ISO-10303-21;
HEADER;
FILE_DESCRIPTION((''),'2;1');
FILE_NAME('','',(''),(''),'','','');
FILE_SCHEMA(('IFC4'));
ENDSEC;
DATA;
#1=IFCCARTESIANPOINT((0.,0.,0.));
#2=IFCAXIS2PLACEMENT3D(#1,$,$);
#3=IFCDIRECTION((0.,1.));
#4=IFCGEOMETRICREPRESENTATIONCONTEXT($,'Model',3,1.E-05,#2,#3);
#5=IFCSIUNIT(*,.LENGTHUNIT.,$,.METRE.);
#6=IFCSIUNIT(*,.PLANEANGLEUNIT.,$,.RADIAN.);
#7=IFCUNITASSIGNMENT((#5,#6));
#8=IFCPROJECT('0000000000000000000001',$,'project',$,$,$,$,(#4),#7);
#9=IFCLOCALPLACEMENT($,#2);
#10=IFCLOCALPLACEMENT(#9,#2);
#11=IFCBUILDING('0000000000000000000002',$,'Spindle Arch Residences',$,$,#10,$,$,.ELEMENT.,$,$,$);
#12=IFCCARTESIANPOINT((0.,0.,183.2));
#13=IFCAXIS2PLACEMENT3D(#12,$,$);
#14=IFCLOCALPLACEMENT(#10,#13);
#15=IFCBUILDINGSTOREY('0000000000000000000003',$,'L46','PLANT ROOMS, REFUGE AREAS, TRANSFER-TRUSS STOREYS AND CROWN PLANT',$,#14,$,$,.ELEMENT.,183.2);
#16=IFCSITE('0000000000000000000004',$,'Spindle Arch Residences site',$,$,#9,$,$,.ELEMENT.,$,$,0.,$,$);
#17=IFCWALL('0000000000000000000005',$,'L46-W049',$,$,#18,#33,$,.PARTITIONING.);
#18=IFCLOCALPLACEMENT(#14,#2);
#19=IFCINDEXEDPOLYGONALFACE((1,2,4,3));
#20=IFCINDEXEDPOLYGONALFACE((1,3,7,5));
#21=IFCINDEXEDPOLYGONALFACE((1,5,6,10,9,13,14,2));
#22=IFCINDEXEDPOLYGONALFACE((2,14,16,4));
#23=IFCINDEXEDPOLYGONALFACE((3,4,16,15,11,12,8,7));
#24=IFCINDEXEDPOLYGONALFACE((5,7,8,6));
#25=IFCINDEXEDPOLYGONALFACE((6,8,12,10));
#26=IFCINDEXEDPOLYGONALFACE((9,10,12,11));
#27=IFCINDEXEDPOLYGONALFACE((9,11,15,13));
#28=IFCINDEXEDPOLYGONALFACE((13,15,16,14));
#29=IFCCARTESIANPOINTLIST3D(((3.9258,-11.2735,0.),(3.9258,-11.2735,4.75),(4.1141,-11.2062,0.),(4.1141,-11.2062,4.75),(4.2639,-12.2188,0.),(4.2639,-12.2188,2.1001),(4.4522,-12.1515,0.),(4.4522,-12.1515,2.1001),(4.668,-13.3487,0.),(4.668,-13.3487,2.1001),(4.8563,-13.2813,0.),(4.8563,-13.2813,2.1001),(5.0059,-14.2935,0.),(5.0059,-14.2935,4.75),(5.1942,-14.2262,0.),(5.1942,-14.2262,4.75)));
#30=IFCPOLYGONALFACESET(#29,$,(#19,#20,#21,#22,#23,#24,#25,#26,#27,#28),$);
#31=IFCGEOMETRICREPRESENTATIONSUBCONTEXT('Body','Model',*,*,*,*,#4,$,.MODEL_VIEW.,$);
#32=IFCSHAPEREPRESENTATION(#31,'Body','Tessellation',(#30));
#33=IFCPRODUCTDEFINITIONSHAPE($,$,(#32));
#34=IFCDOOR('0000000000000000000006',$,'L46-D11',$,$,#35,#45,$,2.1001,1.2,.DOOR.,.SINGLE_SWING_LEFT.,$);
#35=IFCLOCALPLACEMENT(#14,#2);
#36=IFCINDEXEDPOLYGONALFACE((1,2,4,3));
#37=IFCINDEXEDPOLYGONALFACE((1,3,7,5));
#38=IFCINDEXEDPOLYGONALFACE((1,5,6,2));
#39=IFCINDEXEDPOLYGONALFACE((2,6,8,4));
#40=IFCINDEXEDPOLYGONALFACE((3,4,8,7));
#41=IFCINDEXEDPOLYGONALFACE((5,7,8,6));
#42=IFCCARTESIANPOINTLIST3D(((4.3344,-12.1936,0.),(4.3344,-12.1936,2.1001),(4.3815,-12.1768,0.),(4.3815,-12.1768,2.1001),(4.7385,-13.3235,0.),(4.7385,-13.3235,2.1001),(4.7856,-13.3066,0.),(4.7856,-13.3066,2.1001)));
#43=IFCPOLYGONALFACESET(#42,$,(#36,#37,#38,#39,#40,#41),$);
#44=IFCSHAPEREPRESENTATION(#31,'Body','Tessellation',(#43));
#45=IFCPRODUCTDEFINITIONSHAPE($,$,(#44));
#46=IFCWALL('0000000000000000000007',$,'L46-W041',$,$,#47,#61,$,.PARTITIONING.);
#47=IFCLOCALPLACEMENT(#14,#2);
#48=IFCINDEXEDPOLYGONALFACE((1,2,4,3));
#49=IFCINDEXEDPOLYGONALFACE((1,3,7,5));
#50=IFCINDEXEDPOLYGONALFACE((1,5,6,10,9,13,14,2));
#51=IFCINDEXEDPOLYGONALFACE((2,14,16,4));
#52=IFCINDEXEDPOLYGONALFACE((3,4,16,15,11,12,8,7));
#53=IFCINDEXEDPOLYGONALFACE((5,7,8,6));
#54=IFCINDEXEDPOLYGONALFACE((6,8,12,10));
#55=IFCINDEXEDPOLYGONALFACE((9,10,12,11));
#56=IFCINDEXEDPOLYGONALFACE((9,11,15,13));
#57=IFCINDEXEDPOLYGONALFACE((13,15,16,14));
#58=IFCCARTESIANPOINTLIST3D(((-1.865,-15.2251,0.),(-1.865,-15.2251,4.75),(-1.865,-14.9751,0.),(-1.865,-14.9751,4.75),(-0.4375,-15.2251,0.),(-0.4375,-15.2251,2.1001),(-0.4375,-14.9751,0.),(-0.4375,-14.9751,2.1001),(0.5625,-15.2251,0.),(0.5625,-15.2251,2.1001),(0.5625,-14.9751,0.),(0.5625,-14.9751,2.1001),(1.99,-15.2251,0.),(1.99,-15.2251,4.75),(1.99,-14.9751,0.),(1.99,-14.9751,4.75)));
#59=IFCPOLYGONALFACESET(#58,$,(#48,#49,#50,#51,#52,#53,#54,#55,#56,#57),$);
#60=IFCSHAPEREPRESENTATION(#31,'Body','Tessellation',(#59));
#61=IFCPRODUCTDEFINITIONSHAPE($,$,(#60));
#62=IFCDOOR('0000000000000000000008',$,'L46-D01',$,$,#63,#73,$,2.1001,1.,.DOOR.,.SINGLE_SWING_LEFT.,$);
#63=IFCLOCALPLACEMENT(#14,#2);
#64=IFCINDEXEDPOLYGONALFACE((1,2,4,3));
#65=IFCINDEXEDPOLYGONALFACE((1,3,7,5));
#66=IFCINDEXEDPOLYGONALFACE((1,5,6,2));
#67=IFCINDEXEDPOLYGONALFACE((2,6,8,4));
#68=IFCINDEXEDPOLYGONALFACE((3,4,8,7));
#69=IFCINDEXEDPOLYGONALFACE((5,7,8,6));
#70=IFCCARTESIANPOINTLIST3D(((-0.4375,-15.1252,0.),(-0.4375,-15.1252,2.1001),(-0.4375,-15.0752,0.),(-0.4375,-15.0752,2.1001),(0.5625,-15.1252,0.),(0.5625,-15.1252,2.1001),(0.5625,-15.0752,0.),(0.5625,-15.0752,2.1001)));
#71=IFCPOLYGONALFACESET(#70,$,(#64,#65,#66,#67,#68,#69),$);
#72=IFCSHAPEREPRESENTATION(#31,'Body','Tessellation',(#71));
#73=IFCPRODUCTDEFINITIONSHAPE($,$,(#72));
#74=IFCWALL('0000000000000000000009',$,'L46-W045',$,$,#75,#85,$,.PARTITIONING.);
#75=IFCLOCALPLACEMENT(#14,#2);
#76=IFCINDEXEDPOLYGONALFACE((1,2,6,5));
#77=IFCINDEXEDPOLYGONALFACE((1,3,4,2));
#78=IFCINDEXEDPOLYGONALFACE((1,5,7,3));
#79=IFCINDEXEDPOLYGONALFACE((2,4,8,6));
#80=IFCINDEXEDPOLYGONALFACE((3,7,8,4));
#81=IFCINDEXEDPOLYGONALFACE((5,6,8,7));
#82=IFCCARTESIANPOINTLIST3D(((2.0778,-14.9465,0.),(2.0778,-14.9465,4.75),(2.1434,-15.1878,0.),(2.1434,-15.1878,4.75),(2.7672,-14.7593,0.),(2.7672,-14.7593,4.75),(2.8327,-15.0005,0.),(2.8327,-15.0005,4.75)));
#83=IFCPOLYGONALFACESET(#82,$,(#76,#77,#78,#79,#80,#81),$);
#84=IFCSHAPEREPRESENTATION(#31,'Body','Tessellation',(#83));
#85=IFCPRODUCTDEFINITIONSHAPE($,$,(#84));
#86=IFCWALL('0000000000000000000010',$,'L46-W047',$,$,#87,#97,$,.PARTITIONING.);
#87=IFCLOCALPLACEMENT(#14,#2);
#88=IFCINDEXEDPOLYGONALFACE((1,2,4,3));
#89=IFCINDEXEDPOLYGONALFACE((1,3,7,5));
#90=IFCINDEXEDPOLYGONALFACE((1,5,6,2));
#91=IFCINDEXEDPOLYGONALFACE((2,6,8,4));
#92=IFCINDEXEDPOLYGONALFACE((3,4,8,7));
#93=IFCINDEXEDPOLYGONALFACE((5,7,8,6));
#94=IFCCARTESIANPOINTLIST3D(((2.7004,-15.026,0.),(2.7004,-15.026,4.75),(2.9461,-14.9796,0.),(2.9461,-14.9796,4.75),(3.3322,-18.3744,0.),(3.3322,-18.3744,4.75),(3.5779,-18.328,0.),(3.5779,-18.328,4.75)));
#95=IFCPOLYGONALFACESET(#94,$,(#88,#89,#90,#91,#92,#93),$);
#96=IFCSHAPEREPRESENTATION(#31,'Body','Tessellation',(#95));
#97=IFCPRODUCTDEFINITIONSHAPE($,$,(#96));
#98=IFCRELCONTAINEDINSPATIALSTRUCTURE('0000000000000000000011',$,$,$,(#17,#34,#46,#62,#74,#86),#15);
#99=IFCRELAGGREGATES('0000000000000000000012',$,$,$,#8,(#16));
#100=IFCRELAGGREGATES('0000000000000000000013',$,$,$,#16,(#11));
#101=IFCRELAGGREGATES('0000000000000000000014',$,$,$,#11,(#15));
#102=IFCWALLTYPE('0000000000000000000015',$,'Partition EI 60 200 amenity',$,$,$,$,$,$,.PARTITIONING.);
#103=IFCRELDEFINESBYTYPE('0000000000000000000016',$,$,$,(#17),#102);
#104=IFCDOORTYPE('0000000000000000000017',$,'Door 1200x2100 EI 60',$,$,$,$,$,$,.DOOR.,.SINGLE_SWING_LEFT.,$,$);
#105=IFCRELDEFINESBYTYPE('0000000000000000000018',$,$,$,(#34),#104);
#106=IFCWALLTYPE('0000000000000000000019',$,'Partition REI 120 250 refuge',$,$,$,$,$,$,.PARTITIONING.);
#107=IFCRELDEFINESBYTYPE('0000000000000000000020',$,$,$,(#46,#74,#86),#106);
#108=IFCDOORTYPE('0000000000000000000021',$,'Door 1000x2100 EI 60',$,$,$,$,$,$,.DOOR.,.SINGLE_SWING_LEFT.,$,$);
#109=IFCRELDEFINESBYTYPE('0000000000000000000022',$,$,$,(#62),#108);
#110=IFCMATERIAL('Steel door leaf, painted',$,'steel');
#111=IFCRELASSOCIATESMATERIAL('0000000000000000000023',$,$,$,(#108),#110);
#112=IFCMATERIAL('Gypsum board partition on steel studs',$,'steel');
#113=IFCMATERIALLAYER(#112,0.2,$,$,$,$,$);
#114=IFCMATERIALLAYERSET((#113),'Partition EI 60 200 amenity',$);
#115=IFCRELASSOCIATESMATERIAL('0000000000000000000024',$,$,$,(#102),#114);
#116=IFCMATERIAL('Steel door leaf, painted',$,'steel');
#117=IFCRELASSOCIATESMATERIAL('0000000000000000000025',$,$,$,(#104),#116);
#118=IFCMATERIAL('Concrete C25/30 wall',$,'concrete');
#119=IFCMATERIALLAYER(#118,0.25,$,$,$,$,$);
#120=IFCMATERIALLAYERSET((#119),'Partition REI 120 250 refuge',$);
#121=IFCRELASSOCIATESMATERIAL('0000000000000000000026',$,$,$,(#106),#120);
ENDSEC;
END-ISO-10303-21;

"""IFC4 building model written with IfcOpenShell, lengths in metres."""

from ifc_helpers import new_model, si_unit, direction, frame, frame_2d, origin, place, context, subcontext, project, spatial, rectangle, extrude, material, layer, layer_set, type_object, element, fill, save


model = new_model("IFC4")

# Units and contexts
model_context = context("Model", 3, precision=1e-05, world=origin(), true_north=direction((0.0, 1.0)))
body_context = subcontext(model_context, "Body", "Model", "MODEL_VIEW")
ifc_project = project(units=[si_unit("LENGTHUNIT", "METRE"), si_unit("PLANEANGLEUNIT", "RADIAN")], contexts=[model_context])

# Site, building, storey
site_placement = place(None, origin())
site = spatial("IfcSite", under=ifc_project, at=site_placement, Name="Spindle Arch Residences site", CompositionType="ELEMENT", RefElevation=0.0)
building_placement = place(site_placement, origin())
building = spatial("IfcBuilding", under=site, at=building_placement, Name="Spindle Arch Residences", CompositionType="ELEMENT")
storey_placement = place(building_placement, frame((0.0, 0.0, 183.2)))
storey = spatial("IfcBuildingStorey", under=building, at=storey_placement, Name="L46", Description="PLANT ROOMS, REFUGE AREAS, TRANSFER-TRUSS STOREYS AND CROWN PLANT", CompositionType="ELEMENT", Elevation=183.2)

# Shared definitions
ifc_material_1 = material(Name="Steel door leaf, painted", Category="steel")
door_type_1 = type_object("IfcDoorType", Name="Door 1000x2100 EI 60", OperationType="SINGLE_SWING_LEFT", PredefinedType="DOOR", material=ifc_material_1)

# Walls, openings, doors
ifc_material_2 = material(Name="Gypsum board partition on steel studs", Category="steel")
ifc_layer_1 = layer(ifc_material_2, 0.2)
ifc_layer_set_1 = layer_set([ifc_layer_1], Name="Partition EI 60 200 amenity")
wall_type_1 = type_object("IfcWallType", Name="Partition EI 60 200 amenity", PredefinedType="PARTITIONING", material=ifc_layer_set_1)
wall_1_placement = place(storey_placement, frame((4.02, -11.24, 0.0), z_axis=(0.0, 0.0, 1.0), x_axis=(0.336751, -0.941594, 0.0)))
wall_1 = element("IfcWall", 1, at=wall_1_placement, inside=storey, type_object=wall_type_1, Name="L46-W049", PredefinedType="PARTITIONING", context=body_context, shape_type="SweptSolid", body=[
    extrude(rectangle(XDim=3.2073, YDim=0.2, at=frame_2d((1.6035, 0.0))), origin(), (0.0, 0.0, 1.0), 4.75),
])
opening_1_placement = place(wall_1_placement, frame((1.0037, 0.0, 0.0)))
opening_1 = element("IfcOpeningElement", 2, at=opening_1_placement, cuts=wall_1, PredefinedType="OPENING", context=body_context, shape_type="SweptSolid", body=[
    extrude(rectangle(XDim=1.2, YDim=2.1001, at=frame_2d((0.6001, 1.05))), frame((0.0, 0.1099, 0.0), z_axis=(0.0, -1.0, 0.0), x_axis=(1.0, 0.0, 0.0)), (0.0, 0.0, 1.0), 0.22),
])
ifc_material_3 = material(Name="Steel door leaf, painted", Category="steel")
door_type_2 = type_object("IfcDoorType", Name="Door 1200x2100 EI 60", OperationType="SINGLE_SWING_LEFT", PredefinedType="DOOR", material=ifc_material_3)
door_1_placement = place(opening_1_placement, origin())
door_1 = element("IfcDoor", 3, at=door_1_placement, inside=storey, type_object=door_type_2, Name="L46-D11", OperationType="SINGLE_SWING_LEFT", OverallHeight=2.1001, OverallWidth=1.2, PredefinedType="DOOR", context=body_context, shape_type="SweptSolid", body=[
    extrude(rectangle(XDim=1.2, YDim=2.1001, at=frame_2d((0.6001, 1.05))), frame((0.0, 0.0249, 0.0), z_axis=(0.0, -1.0, 0.0), x_axis=(1.0, 0.0, 0.0)), (0.0, 0.0, 1.0), 0.05),
])
fill(opening_1, door_1)
ifc_material_4 = material(Name="Concrete C25/30 wall", Category="concrete")
ifc_layer_2 = layer(ifc_material_4, 0.25)
ifc_layer_set_2 = layer_set([ifc_layer_2], Name="Partition REI 120 250 refuge")
wall_type_2 = type_object("IfcWallType", Name="Partition REI 120 250 refuge", PredefinedType="PARTITIONING", material=ifc_layer_set_2)
wall_2_placement = place(storey_placement, frame((-1.865, -15.1001, 0.0), z_axis=(0.0, 0.0, 1.0), x_axis=(1.0, 0.0, 0.0)))
wall_2 = element("IfcWall", 4, at=wall_2_placement, inside=storey, type_object=wall_type_2, Name="L46-W041", PredefinedType="PARTITIONING", context=body_context, shape_type="SweptSolid", body=[
    extrude(rectangle(XDim=3.855, YDim=0.25, at=frame_2d((1.9275, 0.0))), origin(), (0.0, 0.0, 1.0), 4.75),
])
opening_2_placement = place(wall_2_placement, frame((1.4275, 0.0, 0.0)))
opening_2 = element("IfcOpeningElement", 5, at=opening_2_placement, cuts=wall_2, PredefinedType="OPENING", context=body_context, shape_type="SweptSolid", body=[
    extrude(rectangle(XDim=1.0, YDim=2.1001, at=frame_2d((0.5, 1.05))), frame((0.0, 0.135, 0.0), z_axis=(0.0, -1.0, 0.0), x_axis=(1.0, 0.0, 0.0)), (0.0, 0.0, 1.0), 0.27),
])
door_2_placement = place(opening_2_placement, origin())
door_2 = element("IfcDoor", 6, at=door_2_placement, inside=storey, type_object=door_type_1, Name="L46-D01", OperationType="SINGLE_SWING_LEFT", OverallHeight=2.1001, OverallWidth=1.0, PredefinedType="DOOR", context=body_context, shape_type="SweptSolid", body=[
    extrude(rectangle(XDim=1.0, YDim=2.1001, at=frame_2d((0.5, 1.05))), frame((0.0, 0.0249, 0.0), z_axis=(0.0, -1.0, 0.0), x_axis=(1.0, 0.0, 0.0)), (0.0, 0.0, 1.0), 0.05),
])
fill(opening_2, door_2)

# Walls
wall_3_placement = place(storey_placement, frame((2.1106, -15.0671, 0.0), z_axis=(0.0, 0.0, 1.0), x_axis=(0.965039, 0.262105, 0.0)))
element("IfcWall", 7, at=wall_3_placement, inside=storey, type_object=wall_type_2, Name="L46-W045", PredefinedType="PARTITIONING", context=body_context, shape_type="SweptSolid", body=[
    extrude(rectangle(XDim=0.7144, YDim=0.25, at=frame_2d((0.3572, 0.0))), origin(), (0.0, 0.0, 1.0), 4.75),
])
wall_4_placement = place(storey_placement, frame((2.8232, -15.0029, 0.0), z_axis=(0.0, 0.0, 1.0), x_axis=(0.185426, -0.982658, 0.0)))
element("IfcWall", 8, at=wall_4_placement, inside=storey, type_object=wall_type_2, Name="L46-W047", PredefinedType="PARTITIONING", context=body_context, shape_type="SweptSolid", body=[
    extrude(rectangle(XDim=3.4075, YDim=0.25, at=frame_2d((1.7036, 0.0))), origin(), (0.0, 0.0, 1.0), 4.75),
])

save(model, "model.ifc")
